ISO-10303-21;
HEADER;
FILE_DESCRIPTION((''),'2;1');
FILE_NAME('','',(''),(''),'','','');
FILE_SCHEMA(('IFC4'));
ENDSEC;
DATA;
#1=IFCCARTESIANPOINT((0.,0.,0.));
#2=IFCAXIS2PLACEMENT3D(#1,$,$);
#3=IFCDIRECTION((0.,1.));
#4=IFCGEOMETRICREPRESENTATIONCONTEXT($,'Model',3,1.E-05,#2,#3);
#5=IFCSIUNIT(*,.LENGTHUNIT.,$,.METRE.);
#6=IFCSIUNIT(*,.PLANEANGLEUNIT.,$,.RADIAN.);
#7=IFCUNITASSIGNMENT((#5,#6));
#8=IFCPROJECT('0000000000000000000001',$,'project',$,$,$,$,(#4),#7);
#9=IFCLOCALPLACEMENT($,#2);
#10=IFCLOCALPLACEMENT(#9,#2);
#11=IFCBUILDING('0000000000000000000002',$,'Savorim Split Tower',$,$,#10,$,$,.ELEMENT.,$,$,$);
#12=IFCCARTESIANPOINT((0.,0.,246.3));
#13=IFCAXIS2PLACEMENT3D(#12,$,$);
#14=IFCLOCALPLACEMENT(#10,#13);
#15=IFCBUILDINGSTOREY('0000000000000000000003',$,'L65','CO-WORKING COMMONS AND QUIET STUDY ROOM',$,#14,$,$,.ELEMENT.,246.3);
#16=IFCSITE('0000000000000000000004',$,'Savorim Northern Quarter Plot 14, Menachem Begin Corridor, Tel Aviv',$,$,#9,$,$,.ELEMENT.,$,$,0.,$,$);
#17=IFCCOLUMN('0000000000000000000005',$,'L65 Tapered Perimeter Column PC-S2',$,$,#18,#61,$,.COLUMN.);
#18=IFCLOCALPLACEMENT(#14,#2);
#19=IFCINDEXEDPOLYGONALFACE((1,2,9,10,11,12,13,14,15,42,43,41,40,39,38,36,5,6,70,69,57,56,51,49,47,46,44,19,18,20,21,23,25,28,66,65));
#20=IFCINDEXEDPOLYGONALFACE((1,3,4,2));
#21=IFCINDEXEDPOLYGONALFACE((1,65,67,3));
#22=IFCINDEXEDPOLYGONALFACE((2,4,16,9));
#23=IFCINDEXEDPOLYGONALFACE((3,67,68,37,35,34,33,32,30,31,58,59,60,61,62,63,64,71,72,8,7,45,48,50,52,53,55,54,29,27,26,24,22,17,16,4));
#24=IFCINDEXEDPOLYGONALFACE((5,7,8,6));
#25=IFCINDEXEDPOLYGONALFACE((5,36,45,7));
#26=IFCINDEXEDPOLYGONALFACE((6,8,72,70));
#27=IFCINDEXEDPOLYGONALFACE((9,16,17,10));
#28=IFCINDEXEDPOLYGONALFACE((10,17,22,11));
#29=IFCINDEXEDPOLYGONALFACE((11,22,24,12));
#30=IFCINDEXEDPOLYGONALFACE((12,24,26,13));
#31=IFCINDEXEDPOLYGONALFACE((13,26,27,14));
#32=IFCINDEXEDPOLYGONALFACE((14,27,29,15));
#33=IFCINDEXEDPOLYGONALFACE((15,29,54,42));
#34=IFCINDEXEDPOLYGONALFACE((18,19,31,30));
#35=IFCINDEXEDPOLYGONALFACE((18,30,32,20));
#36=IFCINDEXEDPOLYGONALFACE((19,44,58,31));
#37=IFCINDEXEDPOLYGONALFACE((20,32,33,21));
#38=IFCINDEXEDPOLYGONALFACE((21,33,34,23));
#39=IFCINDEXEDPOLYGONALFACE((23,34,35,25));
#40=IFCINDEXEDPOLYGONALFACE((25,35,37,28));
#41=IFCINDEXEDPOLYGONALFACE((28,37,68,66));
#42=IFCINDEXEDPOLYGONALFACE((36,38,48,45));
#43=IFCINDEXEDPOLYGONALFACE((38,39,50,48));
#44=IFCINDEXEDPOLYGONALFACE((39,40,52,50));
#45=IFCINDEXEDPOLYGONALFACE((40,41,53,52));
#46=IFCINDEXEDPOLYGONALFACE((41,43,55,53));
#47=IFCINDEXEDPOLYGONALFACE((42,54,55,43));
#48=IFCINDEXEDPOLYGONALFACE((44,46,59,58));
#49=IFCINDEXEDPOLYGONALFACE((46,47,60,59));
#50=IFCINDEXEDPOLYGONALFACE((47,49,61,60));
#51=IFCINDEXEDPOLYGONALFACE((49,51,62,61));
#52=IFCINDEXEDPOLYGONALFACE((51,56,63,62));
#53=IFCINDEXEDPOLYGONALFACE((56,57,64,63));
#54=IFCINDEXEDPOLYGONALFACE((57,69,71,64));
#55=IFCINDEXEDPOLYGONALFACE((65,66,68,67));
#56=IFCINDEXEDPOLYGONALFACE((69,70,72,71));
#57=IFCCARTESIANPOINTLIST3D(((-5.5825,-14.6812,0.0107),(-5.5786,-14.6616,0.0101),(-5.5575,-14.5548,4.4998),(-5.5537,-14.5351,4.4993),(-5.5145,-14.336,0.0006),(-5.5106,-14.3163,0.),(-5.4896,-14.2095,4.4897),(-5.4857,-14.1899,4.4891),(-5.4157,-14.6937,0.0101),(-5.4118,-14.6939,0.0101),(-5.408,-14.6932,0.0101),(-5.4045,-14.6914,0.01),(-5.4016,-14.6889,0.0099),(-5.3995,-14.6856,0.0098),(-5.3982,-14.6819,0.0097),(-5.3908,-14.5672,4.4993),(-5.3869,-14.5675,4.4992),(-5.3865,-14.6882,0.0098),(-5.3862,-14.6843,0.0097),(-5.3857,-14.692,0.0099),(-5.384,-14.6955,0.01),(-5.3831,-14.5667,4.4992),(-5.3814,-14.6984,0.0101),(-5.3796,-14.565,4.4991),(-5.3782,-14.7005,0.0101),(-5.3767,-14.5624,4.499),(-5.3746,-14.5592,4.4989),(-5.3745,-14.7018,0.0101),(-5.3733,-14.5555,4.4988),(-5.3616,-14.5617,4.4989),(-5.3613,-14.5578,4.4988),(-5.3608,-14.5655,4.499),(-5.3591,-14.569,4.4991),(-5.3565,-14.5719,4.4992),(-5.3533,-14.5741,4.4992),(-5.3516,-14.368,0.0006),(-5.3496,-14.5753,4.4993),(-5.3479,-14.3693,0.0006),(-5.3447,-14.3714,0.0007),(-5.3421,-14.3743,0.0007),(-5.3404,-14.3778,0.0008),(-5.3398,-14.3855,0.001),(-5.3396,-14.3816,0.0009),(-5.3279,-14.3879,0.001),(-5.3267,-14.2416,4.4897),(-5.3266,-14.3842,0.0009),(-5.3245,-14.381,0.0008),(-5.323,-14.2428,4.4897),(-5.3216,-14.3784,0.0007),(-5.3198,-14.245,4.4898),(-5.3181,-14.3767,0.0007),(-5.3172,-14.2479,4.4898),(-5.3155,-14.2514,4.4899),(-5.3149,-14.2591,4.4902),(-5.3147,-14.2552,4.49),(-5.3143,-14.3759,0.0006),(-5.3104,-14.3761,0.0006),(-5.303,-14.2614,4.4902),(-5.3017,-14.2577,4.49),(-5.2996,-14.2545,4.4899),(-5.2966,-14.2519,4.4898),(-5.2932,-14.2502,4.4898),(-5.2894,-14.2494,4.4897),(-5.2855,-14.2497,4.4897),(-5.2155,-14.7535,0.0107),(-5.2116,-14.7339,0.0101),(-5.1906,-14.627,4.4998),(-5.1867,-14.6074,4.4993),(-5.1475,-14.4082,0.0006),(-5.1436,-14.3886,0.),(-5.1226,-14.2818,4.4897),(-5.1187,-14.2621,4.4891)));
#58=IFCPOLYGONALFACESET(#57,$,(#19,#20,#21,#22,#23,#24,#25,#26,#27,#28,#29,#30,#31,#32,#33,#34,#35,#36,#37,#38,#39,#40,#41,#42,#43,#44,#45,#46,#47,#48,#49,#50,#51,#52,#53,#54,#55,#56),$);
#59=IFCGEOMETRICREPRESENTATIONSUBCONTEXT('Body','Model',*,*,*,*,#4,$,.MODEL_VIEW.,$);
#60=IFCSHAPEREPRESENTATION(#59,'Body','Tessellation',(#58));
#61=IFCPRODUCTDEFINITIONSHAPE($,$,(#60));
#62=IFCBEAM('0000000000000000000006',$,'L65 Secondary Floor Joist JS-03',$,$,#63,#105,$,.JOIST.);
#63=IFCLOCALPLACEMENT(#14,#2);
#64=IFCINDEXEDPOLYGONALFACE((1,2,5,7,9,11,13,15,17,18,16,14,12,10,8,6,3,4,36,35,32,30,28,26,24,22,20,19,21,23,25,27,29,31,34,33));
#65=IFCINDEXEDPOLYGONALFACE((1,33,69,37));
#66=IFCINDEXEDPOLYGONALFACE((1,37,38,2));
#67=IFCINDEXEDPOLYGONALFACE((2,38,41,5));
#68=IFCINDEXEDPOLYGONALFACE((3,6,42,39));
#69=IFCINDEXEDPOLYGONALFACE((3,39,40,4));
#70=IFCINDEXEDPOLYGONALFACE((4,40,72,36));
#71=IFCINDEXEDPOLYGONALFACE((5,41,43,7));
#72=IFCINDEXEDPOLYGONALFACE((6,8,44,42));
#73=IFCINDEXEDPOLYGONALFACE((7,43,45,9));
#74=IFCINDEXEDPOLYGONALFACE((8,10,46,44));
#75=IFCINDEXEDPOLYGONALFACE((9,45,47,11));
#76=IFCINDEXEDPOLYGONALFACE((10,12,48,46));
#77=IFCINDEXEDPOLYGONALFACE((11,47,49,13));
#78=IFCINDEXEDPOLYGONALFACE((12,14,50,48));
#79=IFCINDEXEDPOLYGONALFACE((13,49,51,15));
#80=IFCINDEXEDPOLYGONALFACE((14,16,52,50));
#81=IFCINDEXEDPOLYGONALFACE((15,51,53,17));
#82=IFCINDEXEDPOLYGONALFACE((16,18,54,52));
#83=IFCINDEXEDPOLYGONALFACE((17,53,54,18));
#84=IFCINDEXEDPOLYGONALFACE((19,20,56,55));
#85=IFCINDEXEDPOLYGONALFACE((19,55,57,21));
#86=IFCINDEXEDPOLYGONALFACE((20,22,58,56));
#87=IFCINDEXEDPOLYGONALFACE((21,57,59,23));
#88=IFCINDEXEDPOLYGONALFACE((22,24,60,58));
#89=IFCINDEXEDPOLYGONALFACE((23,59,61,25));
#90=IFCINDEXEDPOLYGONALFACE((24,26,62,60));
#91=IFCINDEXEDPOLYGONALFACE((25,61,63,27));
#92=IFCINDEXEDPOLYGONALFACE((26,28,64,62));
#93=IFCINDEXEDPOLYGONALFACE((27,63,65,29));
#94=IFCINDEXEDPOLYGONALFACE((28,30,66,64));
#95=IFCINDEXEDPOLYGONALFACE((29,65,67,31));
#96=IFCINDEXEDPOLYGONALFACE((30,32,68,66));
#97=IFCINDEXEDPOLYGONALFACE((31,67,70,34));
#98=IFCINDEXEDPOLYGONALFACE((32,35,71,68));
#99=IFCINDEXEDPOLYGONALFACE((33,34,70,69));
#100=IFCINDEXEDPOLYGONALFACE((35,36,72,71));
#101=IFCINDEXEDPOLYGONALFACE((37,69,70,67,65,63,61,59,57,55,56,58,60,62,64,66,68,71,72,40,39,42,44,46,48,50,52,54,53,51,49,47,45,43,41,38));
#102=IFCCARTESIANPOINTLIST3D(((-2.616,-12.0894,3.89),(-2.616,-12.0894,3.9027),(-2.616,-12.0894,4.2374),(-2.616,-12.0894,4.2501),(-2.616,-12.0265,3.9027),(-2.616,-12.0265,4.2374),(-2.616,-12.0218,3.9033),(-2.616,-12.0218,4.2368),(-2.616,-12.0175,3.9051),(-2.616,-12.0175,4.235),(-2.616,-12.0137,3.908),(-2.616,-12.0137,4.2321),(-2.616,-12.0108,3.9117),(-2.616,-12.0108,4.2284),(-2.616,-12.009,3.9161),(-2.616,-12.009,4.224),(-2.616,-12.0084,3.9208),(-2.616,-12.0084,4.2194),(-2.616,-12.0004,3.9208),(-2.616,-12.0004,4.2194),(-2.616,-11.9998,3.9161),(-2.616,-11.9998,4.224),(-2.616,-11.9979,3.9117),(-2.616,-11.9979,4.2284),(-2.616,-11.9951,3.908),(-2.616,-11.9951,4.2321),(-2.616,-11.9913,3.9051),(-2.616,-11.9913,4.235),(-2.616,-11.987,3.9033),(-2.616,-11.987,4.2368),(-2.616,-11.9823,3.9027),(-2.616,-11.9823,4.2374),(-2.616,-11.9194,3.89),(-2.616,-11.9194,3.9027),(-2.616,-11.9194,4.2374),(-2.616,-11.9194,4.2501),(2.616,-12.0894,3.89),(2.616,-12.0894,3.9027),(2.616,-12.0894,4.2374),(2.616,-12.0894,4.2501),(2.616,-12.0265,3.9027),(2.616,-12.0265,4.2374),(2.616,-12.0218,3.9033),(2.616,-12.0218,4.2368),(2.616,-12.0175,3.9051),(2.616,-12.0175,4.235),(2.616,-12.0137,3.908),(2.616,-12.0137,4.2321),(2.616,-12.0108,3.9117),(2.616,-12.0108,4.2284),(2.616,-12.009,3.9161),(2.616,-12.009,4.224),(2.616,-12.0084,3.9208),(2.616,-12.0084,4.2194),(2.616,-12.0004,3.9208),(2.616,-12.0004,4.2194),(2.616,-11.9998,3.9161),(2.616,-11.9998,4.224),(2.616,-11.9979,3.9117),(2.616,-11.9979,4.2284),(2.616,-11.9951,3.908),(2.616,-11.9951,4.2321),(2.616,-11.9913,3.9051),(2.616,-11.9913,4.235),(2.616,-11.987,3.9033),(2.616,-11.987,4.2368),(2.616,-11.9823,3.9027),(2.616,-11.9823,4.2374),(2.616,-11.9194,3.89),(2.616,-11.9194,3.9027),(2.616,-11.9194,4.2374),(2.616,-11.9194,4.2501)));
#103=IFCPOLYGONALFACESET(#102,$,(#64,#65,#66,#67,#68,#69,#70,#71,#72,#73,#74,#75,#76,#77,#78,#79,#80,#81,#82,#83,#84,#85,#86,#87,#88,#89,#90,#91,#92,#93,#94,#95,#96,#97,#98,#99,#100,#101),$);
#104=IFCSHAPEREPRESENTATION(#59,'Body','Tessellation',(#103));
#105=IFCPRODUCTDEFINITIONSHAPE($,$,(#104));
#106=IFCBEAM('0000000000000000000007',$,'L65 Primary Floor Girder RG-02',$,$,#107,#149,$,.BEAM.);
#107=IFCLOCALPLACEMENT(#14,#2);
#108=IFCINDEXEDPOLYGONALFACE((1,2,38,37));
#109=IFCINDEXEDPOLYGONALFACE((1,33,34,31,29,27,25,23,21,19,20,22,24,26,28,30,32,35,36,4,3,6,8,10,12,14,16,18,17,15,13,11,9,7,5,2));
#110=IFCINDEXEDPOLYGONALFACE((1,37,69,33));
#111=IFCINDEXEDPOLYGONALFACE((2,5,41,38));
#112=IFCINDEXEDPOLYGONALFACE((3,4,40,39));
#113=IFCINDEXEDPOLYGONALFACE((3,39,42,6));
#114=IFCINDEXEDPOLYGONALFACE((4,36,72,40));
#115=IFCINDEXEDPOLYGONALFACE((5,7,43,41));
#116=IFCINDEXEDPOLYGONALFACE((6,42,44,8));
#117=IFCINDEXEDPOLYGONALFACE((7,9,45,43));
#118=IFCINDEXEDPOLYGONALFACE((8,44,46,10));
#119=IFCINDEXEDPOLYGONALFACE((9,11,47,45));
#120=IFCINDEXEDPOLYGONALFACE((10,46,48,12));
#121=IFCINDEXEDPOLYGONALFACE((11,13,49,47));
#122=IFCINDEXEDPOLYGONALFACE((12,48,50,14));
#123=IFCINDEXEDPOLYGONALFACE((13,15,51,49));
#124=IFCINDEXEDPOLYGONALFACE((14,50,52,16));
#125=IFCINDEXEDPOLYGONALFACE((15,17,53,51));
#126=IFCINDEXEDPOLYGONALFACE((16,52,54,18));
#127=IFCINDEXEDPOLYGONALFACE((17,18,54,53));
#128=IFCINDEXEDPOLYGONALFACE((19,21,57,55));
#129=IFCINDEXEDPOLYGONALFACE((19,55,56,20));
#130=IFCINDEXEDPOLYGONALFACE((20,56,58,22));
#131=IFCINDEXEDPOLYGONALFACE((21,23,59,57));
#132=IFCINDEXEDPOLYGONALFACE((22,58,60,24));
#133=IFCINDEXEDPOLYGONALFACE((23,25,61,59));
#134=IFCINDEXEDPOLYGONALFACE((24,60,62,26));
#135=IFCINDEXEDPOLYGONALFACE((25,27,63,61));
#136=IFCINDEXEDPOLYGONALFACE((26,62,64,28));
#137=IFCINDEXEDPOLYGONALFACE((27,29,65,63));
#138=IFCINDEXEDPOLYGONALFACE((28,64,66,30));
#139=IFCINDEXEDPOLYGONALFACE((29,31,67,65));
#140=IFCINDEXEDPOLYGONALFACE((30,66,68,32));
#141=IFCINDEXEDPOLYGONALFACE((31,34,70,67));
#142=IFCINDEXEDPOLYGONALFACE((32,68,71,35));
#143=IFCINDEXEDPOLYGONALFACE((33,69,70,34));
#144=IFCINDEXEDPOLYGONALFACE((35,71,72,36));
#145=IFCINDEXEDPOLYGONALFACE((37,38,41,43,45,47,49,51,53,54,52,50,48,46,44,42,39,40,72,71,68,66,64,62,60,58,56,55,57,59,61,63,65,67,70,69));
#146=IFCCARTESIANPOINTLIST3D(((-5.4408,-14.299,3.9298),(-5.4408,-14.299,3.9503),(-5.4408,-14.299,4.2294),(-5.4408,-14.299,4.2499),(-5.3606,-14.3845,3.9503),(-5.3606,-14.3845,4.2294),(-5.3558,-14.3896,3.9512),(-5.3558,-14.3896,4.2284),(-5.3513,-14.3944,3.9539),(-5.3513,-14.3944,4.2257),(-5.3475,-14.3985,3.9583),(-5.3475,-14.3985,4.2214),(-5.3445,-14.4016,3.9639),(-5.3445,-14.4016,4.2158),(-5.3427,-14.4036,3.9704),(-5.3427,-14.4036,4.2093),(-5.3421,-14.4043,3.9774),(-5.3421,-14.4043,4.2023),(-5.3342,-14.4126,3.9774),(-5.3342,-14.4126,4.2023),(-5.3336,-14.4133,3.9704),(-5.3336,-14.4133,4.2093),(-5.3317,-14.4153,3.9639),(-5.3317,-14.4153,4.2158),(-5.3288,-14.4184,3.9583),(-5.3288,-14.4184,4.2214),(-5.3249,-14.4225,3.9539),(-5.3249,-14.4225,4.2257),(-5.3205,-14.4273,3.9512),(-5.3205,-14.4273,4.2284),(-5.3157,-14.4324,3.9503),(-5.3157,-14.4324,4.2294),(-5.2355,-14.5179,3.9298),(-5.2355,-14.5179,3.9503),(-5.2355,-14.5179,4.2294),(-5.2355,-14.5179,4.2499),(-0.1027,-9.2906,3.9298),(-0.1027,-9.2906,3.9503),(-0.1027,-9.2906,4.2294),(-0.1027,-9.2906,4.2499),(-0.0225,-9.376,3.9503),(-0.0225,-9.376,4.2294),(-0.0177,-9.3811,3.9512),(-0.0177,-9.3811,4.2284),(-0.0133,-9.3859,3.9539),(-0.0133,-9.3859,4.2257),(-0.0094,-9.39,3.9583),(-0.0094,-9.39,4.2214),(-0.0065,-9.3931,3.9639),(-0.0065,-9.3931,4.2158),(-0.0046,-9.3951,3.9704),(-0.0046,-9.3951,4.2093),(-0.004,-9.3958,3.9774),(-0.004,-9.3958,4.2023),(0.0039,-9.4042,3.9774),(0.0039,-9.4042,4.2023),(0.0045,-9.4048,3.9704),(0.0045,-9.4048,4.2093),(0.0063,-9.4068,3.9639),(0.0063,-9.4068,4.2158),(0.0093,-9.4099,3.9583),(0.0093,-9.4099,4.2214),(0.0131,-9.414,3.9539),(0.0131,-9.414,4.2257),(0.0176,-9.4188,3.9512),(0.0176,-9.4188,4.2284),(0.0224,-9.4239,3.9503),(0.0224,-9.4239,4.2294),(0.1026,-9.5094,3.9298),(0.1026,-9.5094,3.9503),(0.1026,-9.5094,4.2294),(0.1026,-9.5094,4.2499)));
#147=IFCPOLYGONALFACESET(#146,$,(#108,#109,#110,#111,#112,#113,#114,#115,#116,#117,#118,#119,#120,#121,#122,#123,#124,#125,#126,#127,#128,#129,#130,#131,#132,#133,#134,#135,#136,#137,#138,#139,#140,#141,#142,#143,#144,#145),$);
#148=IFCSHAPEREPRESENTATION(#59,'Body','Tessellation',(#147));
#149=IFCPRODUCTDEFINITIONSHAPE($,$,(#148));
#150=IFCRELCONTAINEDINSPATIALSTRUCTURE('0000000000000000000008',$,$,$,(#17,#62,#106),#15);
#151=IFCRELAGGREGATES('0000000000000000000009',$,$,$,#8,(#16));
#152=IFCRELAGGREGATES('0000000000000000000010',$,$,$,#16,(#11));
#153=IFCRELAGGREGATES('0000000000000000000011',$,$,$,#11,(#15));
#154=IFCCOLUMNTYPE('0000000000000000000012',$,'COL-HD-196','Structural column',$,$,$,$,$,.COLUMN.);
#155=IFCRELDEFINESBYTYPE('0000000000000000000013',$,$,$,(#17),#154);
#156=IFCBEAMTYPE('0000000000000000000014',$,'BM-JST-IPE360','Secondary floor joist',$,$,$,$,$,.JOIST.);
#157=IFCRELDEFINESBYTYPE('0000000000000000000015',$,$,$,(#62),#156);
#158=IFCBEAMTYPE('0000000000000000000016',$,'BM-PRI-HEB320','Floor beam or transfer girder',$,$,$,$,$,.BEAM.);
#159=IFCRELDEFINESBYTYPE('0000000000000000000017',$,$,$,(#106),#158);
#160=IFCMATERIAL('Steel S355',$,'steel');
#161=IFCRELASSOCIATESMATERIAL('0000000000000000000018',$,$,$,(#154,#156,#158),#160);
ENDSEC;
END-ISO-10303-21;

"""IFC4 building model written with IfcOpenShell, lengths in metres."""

from ifc_helpers import new_model, si_unit, direction, frame, origin, origin_2d, place, context, subcontext, project, spatial, i_section, extrude, material, material_profile, profile_set, type_object, element, save


model = new_model("IFC4")

# Units and contexts
model_context = context("Model", 3, precision=1e-05, world=origin(), true_north=direction((0.0, 1.0)))
body_context = subcontext(model_context, "Body", "Model", "MODEL_VIEW")
ifc_project = project(units=[si_unit("LENGTHUNIT", "METRE"), si_unit("PLANEANGLEUNIT", "RADIAN")], contexts=[model_context])

# Site, building, storey
site_placement = place(None, origin())
site = spatial("IfcSite", under=ifc_project, at=site_placement, Name="Savorim Northern Quarter Plot 14, Menachem Begin Corridor, Tel Aviv", CompositionType="ELEMENT", RefElevation=0.0)
building_placement = place(site_placement, origin())
building = spatial("IfcBuilding", under=site, at=building_placement, Name="Savorim Split Tower", CompositionType="ELEMENT")
storey_placement = place(building_placement, frame((0.0, 0.0, 246.3)))
storey = spatial("IfcBuildingStorey", under=building, at=storey_placement, Name="L65", Description="CO-WORKING COMMONS AND QUIET STUDY ROOM", CompositionType="ELEMENT", Elevation=246.3)

# Column
ifc_material_1 = material(Name="Steel S355", Category="steel")
ifc_material_profile_1 = material_profile(ifc_material_1, i_section(OverallWidth=0.374, OverallDepth=0.3721, WebThickness=0.0122, FlangeThickness=0.02, FilletRadius=0.0149, at=origin_2d()), Name="HD 360x196")
ifc_profile_set_1 = profile_set([ifc_material_profile_1], Name="Steel S355")
column_type = type_object("IfcColumnType", Name="COL-HD-196", Description="Structural column", PredefinedType="COLUMN", material=ifc_profile_set_1)
column_placement = place(storey_placement, frame((-5.363, -14.5349, 0.0054), z_axis=(0.005545, 0.02816, 0.999588), x_axis=(-0.981159, 0.193201, 0.0)))
element("IfcColumn", 1, at=column_placement, inside=storey, type_object=column_type, Name="L65 Tapered Perimeter Column PC-S2", PredefinedType="COLUMN", context=body_context, shape_type="SweptSolid", body=[
    extrude(i_section(OverallWidth=0.374, OverallDepth=0.3721, WebThickness=0.0122, FlangeThickness=0.02, FilletRadius=0.0149, at=origin_2d()), origin(), (0.0, 0.0, 1.0), 4.491),
])

# Beams
ifc_material_profile_2 = material_profile(ifc_material_1, i_section(OverallWidth=0.1699, OverallDepth=0.3601, WebThickness=0.0081, FlangeThickness=0.0127, FilletRadius=0.0181, at=origin_2d()), Name="IPE 360")
ifc_profile_set_2 = profile_set([ifc_material_profile_2], Name="Steel S355")
beam_type_1 = type_object("IfcBeamType", Name="BM-JST-IPE360", Description="Secondary floor joist", PredefinedType="JOIST", material=ifc_profile_set_2)
beam_1_placement = place(storey_placement, frame((-2.616, -12.0044, 4.0701), z_axis=(1.0, 0.0, 0.0), x_axis=(0.0, 1.0, 0.0)))
element("IfcBeam", 2, at=beam_1_placement, inside=storey, type_object=beam_type_1, Name="L65 Secondary Floor Joist JS-03", PredefinedType="JOIST", context=body_context, shape_type="SweptSolid", body=[
    extrude(i_section(OverallWidth=0.1699, OverallDepth=0.3601, WebThickness=0.0081, FlangeThickness=0.0127, FilletRadius=0.0181, at=origin_2d()), origin(), (0.0, 0.0, 1.0), 5.2319),
])
ifc_material_profile_3 = material_profile(ifc_material_1, i_section(OverallWidth=0.3, OverallDepth=0.3201, WebThickness=0.0115, FlangeThickness=0.0205, FilletRadius=0.0271, at=origin_2d()), Name="HEB 320")
ifc_profile_set_3 = profile_set([ifc_material_profile_3], Name="Steel S355")
beam_type_2 = type_object("IfcBeamType", Name="BM-PRI-HEB320", Description="Floor beam or transfer girder", PredefinedType="BEAM", material=ifc_profile_set_3)
beam_2_placement = place(storey_placement, frame((-5.3381, -14.4084, 4.0898), z_axis=(0.729262, 0.684235, 0.0), x_axis=(-0.684235, 0.729262, 0.0)))
element("IfcBeam", 3, at=beam_2_placement, inside=storey, type_object=beam_type_2, Name="L65 Primary Floor Girder RG-02", PredefinedType="BEAM", context=body_context, shape_type="SweptSolid", body=[
    extrude(i_section(OverallWidth=0.3, OverallDepth=0.3201, WebThickness=0.0115, FlangeThickness=0.0205, FilletRadius=0.0271, at=origin_2d()), origin(), (0.0, 0.0, 1.0), 7.3198),
])

save(model, "model.ifc")
